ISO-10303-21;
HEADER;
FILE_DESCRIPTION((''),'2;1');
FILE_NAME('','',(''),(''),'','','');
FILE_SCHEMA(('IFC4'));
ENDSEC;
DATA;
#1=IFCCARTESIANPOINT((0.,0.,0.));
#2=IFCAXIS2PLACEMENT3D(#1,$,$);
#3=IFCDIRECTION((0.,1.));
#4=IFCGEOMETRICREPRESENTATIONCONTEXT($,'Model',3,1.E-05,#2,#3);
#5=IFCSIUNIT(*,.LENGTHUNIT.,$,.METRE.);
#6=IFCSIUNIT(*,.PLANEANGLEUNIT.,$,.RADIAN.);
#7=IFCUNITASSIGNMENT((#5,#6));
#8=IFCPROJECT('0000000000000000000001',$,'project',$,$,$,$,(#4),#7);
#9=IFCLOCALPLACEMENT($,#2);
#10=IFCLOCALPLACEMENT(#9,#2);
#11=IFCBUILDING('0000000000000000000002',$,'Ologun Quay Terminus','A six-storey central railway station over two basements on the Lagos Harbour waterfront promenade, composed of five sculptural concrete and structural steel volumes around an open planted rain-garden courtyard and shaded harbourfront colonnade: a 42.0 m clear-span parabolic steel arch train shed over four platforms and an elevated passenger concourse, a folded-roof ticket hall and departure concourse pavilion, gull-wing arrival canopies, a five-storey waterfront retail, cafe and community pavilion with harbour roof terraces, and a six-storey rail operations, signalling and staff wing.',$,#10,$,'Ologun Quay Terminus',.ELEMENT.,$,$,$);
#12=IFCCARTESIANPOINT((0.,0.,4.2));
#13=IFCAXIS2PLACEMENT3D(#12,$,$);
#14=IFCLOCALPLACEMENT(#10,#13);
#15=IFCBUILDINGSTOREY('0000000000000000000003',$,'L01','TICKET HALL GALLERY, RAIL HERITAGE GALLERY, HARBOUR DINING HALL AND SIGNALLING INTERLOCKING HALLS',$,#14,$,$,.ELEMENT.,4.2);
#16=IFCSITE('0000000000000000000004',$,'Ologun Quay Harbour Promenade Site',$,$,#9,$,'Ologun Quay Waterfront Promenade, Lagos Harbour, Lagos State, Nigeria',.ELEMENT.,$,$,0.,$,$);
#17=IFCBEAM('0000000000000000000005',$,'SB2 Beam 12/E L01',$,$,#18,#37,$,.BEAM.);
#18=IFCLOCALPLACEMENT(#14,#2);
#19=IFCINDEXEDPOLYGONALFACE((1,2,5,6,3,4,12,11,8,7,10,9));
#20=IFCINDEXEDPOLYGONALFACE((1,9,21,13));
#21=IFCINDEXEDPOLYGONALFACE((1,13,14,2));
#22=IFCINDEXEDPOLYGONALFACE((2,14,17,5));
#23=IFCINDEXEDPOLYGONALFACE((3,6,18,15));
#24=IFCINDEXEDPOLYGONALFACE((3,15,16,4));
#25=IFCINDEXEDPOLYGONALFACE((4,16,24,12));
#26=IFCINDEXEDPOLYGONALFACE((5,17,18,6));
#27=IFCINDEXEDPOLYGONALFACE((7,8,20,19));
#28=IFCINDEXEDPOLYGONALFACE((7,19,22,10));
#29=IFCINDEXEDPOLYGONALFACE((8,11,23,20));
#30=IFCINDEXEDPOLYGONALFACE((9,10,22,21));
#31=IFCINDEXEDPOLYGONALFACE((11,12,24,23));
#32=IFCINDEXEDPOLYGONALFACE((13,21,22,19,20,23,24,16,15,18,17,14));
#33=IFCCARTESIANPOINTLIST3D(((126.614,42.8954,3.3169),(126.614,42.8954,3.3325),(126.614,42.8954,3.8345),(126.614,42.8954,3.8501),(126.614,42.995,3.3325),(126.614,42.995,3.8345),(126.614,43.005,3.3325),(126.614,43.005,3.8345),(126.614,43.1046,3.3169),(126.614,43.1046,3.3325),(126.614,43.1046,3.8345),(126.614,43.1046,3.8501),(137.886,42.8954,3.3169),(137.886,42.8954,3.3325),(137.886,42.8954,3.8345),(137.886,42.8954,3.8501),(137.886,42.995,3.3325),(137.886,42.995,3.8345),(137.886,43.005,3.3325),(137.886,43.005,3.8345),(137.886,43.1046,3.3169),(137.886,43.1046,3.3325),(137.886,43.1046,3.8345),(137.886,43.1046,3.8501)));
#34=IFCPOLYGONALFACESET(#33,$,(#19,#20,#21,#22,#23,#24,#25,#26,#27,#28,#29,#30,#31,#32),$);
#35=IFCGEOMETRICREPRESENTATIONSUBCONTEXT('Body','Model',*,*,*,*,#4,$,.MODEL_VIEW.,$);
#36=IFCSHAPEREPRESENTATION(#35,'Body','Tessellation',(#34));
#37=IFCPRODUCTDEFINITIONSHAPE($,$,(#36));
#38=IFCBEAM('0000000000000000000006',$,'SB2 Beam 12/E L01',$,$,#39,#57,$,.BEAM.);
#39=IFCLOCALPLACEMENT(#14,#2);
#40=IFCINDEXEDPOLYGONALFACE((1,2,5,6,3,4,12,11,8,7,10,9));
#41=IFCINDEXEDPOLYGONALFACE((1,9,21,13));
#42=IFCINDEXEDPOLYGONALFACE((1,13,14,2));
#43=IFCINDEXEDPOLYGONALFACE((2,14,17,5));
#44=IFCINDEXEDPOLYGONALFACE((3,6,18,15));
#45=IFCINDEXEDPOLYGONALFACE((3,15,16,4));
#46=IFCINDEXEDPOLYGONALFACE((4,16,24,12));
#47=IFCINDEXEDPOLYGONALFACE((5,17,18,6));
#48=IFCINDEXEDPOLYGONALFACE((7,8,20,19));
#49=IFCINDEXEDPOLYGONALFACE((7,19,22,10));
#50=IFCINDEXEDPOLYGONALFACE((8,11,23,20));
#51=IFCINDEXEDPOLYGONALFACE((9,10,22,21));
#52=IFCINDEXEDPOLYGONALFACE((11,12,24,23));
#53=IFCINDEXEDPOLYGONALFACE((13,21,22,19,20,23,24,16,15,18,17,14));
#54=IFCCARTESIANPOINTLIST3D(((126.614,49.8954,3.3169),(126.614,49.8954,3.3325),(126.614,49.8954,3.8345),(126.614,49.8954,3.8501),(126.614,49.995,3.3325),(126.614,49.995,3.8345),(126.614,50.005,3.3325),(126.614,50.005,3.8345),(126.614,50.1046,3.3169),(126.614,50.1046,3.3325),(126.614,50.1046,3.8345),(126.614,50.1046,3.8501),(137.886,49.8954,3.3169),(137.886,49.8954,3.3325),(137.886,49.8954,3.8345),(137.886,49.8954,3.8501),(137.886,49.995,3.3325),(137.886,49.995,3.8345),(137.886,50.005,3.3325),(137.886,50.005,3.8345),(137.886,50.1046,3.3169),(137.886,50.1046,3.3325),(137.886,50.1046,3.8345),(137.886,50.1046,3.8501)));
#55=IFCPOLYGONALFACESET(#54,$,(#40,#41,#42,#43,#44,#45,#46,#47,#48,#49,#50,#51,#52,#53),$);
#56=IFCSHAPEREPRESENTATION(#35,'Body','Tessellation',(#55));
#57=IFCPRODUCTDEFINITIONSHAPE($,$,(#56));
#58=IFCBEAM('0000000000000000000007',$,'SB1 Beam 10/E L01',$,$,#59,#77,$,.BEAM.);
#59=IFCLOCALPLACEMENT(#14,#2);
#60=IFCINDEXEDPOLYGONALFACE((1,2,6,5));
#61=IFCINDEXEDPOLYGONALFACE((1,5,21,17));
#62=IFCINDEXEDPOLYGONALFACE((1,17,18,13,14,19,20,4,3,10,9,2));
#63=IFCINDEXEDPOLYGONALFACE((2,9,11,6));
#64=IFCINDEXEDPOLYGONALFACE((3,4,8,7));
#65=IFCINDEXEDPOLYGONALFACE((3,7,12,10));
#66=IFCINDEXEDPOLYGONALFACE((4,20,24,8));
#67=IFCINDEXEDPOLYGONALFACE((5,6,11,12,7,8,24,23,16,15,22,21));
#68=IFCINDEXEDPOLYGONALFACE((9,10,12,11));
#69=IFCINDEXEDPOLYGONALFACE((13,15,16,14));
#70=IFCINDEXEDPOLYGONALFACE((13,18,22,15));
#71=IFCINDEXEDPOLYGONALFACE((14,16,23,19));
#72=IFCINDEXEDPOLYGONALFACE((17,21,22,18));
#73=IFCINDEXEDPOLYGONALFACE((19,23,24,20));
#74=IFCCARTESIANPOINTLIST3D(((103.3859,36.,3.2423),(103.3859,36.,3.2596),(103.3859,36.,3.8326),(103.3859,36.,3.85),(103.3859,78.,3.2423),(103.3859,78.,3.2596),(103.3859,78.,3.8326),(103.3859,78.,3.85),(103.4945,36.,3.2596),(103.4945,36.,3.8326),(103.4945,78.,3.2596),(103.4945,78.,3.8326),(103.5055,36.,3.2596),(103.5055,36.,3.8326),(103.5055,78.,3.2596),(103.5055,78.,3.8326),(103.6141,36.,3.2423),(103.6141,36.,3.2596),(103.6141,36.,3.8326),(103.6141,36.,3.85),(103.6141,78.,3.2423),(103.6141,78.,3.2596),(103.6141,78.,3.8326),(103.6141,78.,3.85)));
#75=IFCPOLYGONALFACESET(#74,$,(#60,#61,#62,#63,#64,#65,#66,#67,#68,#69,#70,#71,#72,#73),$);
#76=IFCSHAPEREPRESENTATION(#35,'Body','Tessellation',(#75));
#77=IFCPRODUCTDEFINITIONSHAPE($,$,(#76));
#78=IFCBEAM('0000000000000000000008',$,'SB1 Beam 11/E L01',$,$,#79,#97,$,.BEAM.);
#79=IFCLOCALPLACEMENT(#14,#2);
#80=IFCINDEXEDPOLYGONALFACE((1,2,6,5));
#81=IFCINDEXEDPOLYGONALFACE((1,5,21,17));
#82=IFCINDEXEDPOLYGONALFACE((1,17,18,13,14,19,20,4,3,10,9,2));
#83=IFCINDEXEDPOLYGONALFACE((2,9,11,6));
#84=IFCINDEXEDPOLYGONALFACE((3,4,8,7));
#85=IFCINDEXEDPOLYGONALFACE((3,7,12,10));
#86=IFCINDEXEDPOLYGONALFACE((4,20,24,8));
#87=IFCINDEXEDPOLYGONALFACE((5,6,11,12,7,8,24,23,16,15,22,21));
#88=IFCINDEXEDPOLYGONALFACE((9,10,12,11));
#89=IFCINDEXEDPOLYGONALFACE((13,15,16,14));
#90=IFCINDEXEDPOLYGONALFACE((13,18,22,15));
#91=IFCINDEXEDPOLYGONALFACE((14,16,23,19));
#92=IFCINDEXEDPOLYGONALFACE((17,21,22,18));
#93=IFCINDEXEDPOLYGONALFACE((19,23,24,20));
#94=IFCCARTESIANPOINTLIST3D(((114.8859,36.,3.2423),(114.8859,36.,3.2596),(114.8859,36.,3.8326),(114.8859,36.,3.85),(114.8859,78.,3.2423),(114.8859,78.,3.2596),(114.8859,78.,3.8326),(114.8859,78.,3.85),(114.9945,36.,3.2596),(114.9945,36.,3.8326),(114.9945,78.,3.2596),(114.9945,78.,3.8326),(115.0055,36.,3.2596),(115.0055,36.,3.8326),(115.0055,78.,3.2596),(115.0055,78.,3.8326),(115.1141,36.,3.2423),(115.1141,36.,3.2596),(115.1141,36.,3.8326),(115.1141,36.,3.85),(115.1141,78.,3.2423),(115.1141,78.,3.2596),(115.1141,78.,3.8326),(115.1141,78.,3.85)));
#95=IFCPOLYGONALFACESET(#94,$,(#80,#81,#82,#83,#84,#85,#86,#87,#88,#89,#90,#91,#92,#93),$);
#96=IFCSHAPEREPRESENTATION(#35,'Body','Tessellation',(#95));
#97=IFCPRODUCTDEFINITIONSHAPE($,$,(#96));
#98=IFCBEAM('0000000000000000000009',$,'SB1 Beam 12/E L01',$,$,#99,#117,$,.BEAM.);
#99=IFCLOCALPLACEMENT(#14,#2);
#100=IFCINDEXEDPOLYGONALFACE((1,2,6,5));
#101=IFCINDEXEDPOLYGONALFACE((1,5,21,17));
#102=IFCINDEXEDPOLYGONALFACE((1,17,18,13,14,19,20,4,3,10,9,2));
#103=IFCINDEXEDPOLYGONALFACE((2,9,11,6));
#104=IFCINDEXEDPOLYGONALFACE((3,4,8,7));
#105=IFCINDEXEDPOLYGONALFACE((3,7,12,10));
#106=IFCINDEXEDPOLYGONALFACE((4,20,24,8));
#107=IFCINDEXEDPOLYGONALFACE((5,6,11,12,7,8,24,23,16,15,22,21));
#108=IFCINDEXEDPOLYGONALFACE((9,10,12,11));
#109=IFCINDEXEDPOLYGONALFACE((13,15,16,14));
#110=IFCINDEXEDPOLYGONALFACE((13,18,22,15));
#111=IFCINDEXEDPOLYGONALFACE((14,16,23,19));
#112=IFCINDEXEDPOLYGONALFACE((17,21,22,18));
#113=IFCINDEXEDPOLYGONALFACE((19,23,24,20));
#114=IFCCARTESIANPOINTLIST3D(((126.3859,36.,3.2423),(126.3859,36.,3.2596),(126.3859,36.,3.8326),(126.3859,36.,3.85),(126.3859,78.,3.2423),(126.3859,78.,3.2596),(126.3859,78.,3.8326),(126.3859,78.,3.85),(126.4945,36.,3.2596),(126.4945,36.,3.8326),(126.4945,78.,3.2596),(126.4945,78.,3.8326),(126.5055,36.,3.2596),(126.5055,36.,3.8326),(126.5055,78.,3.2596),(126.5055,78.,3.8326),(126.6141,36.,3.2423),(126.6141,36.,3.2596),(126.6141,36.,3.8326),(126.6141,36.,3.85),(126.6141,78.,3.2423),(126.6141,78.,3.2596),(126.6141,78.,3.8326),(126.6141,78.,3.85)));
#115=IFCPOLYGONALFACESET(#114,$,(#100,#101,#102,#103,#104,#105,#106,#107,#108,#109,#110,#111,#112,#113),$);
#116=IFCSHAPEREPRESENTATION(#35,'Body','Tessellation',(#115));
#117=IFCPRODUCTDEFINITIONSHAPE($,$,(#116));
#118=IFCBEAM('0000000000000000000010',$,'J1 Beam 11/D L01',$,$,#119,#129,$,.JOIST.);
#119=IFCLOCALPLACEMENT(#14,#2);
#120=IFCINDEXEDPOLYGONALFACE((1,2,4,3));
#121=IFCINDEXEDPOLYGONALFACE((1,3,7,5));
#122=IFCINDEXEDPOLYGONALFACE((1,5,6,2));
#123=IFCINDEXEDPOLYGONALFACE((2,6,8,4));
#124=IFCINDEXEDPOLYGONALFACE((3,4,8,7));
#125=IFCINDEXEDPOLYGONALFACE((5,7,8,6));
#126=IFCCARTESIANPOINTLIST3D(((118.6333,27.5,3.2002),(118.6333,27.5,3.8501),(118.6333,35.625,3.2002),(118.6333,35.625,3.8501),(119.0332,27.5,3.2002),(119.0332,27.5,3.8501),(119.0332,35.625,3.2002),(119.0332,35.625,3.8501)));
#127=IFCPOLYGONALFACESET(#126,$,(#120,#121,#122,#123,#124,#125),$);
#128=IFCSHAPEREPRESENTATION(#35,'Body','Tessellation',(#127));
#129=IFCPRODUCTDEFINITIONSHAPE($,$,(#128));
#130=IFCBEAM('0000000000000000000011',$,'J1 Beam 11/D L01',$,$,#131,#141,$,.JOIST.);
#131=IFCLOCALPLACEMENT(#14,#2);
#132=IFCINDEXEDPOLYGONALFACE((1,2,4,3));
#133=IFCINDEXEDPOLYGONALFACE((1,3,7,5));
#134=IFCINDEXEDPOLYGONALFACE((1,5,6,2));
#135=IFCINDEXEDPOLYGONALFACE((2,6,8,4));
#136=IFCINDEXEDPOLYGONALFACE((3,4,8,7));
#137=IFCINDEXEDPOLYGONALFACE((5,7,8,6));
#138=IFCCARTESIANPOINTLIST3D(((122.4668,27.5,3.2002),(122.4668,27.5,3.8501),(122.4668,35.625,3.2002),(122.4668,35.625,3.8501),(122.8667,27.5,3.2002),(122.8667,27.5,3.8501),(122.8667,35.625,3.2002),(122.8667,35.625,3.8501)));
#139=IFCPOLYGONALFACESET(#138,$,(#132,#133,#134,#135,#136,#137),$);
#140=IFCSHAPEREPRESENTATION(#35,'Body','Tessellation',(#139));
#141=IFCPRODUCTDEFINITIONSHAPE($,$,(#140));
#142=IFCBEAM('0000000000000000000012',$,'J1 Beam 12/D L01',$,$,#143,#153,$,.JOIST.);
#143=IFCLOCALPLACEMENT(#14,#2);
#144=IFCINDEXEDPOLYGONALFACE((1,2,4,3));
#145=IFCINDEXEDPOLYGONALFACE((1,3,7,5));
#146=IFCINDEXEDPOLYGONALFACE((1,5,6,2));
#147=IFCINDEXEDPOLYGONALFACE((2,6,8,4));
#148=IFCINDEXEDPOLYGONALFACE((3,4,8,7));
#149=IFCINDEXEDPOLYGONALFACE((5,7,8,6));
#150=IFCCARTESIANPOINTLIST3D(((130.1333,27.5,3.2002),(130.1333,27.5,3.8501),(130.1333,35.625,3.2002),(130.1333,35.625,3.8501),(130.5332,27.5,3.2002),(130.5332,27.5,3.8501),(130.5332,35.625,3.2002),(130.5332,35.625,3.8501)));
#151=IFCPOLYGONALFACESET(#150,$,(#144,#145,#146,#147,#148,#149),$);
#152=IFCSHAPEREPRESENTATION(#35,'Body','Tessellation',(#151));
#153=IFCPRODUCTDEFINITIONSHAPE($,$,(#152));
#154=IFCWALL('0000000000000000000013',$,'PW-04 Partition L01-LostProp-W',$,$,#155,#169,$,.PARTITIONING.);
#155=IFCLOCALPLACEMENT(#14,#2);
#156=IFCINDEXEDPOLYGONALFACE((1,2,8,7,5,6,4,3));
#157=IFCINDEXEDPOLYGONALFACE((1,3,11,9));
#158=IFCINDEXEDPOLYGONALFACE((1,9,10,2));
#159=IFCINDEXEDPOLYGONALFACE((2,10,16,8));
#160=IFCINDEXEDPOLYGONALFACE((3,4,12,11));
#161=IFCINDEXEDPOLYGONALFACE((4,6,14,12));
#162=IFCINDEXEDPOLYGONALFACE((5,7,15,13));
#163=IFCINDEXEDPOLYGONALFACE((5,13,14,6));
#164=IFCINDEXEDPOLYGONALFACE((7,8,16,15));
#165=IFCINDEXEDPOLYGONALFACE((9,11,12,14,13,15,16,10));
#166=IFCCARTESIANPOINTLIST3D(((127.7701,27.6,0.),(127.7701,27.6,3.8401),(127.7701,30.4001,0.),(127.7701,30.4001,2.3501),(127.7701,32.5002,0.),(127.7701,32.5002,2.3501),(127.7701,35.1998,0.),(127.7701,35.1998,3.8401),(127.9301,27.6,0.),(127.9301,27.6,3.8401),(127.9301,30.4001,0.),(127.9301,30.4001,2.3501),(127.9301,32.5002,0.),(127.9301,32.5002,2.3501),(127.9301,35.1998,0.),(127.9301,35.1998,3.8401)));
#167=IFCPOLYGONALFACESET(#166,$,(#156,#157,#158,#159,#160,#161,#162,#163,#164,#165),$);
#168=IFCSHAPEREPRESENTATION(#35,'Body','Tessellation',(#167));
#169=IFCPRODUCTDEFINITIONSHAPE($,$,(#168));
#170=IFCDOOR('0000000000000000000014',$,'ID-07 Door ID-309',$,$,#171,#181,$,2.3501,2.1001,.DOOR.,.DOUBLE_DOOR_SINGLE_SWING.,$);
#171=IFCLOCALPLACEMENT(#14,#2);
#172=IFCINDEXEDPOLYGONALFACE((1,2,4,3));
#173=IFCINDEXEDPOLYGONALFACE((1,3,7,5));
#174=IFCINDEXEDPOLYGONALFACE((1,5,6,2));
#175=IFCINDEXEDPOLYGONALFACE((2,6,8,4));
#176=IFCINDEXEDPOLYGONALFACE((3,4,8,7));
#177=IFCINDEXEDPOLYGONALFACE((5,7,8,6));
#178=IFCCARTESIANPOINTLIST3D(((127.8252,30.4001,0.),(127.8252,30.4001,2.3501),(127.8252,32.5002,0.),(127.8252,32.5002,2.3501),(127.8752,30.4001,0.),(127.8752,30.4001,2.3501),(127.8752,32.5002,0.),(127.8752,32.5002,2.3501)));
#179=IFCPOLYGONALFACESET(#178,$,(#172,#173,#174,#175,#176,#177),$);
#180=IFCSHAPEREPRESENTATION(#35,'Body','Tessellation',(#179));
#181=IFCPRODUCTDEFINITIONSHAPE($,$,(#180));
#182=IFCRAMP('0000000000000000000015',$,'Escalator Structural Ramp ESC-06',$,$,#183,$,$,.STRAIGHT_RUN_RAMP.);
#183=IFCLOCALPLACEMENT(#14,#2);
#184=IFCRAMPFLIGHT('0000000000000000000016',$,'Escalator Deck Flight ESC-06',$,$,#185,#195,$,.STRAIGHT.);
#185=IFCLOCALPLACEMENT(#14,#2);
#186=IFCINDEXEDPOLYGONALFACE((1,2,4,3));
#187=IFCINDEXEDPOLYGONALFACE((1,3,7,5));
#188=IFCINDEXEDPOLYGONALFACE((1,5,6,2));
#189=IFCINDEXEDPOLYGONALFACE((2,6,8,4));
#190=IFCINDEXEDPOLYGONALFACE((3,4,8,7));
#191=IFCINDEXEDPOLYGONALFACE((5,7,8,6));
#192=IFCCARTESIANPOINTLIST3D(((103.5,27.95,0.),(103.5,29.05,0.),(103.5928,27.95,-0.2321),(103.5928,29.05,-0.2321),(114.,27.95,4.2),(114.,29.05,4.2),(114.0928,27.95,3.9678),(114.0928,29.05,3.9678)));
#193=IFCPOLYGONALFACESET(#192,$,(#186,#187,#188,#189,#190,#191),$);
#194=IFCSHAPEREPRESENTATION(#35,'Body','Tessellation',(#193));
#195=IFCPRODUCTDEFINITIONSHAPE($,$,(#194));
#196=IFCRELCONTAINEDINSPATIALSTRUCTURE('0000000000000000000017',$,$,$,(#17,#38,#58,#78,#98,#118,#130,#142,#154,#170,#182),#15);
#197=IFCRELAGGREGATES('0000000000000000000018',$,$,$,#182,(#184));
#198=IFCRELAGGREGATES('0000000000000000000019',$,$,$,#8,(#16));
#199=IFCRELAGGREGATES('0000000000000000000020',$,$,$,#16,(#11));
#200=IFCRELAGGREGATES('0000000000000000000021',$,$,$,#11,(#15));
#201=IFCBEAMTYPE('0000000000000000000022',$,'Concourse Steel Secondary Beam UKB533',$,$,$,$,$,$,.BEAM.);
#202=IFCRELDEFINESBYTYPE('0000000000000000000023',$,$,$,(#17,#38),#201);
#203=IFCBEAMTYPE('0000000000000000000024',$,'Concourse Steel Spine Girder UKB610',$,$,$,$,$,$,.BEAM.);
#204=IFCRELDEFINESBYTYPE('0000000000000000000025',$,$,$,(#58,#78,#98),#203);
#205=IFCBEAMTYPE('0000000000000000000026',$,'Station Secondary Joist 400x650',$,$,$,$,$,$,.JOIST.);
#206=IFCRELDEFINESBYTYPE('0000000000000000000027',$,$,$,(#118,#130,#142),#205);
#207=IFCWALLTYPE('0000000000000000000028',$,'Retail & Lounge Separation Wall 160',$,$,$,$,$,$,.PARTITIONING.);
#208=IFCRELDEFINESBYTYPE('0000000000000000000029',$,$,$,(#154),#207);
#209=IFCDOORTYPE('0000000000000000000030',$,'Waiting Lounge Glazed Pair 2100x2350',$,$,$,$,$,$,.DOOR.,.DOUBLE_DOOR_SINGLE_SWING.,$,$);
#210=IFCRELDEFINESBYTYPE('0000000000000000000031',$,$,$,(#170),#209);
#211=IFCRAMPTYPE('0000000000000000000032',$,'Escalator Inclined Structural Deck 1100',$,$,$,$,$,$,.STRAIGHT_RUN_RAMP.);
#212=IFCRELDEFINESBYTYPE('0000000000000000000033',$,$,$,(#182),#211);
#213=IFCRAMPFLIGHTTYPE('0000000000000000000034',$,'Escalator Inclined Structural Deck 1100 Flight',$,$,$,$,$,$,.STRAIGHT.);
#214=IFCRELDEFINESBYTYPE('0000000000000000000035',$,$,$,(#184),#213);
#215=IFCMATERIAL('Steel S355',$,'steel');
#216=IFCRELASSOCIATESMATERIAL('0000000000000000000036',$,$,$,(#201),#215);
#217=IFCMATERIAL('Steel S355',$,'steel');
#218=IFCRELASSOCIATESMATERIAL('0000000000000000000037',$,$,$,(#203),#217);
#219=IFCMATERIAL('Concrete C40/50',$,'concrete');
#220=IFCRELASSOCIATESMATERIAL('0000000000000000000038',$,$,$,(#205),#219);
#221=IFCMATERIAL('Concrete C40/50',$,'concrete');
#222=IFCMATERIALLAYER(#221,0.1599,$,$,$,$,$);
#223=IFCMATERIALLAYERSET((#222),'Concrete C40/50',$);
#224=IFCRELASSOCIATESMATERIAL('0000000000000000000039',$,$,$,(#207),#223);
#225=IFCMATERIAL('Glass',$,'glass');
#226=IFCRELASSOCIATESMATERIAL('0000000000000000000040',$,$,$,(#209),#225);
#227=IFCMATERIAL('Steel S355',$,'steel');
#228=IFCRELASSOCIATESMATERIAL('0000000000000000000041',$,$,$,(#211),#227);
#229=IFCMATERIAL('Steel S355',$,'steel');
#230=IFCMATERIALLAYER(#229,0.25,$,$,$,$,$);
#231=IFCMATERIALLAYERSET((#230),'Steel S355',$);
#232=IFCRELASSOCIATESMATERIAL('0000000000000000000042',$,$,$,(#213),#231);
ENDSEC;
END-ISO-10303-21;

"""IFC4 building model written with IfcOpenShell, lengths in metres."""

from ifc_helpers import new_model, si_unit, direction, frame, frame_2d, origin, origin_2d, place, context, subcontext, project, spatial, polyline, rectangle, i_section, outline, extrude, material, layer, layer_set, material_profile, profile_set, type_object, element, fill, aggregate, save


model = new_model("IFC4")

# Units and contexts
model_context = context("Model", 3, precision=1e-05, world=origin(), true_north=direction((0.0, 1.0)))
body_context = subcontext(model_context, "Body", "Model", "MODEL_VIEW")
ifc_project = project(units=[si_unit("LENGTHUNIT", "METRE"), si_unit("PLANEANGLEUNIT", "RADIAN")], contexts=[model_context])

# Site, building, storey
site_placement = place(None, origin())
site = spatial("IfcSite", under=ifc_project, at=site_placement, Name="Ologun Quay Harbour Promenade Site", LongName="Ologun Quay Waterfront Promenade, Lagos Harbour, Lagos State, Nigeria", CompositionType="ELEMENT", RefElevation=0.0)
building_placement = place(site_placement, origin())
building = spatial("IfcBuilding", under=site, at=building_placement, Name="Ologun Quay Terminus", Description="A six-storey central railway station over two basements on the Lagos Harbour waterfront promenade, composed of five sculptural concrete and structural steel volumes around an open planted rain-garden courtyard and shaded harbourfront colonnade: a 42.0 m clear-span parabolic steel arch train shed over four platforms and an elevated passenger concourse, a folded-roof ticket hall and departure concourse pavilion, gull-wing arrival canopies, a five-storey waterfront retail, cafe and community pavilion with harbour roof terraces, and a six-storey rail operations, signalling and staff wing.", LongName="Ologun Quay Terminus", CompositionType="ELEMENT")
storey_placement = place(building_placement, frame((0.0, 0.0, 4.2)))
storey = spatial("IfcBuildingStorey", under=building, at=storey_placement, Name="L01", Description="TICKET HALL GALLERY, RAIL HERITAGE GALLERY, HARBOUR DINING HALL AND SIGNALLING INTERLOCKING HALLS", CompositionType="ELEMENT", Elevation=4.2)

# Beams
ifc_material_1 = material(Name="Steel S355", Category="steel")
ifc_material_profile_1 = material_profile(ifc_material_1, i_section(OverallWidth=0.2092, OverallDepth=0.5332, WebThickness=0.01, FlangeThickness=0.0156, at=origin_2d()), Name="UKB 533x210x92")
ifc_profile_set_1 = profile_set([ifc_material_profile_1], Name="Steel S355")
beam_type_1 = type_object("IfcBeamType", Name="Concourse Steel Secondary Beam UKB533", PredefinedType="BEAM", material=ifc_profile_set_1)
for number, where, z_axis, x_axis, name in (
    (1, (126.614, 43.0, 3.5835), (1.0, 0.0, 0.0), (0.0, 1.0, 0.0), "SB2 Beam 12/E L01"),
    (2, (126.614, 50.0, 3.5835), (1.0, 0.0, 0.0), (0.0, 1.0, 0.0), "SB2 Beam 12/E L01"),
):
    element("IfcBeam", number, at=place(storey_placement, frame(where, z_axis=z_axis, x_axis=x_axis)), inside=storey, type_object=beam_type_1, Name=name, PredefinedType="BEAM", context=body_context, shape_type="SweptSolid", body=[
        extrude(i_section(OverallWidth=0.2092, OverallDepth=0.5332, WebThickness=0.01, FlangeThickness=0.0156, at=origin_2d()), origin(), (0.0, 0.0, 1.0), 11.272),
    ])
ifc_material_2 = material(Name="Steel S355", Category="steel")
ifc_material_profile_2 = material_profile(ifc_material_2, i_section(OverallWidth=0.2283, OverallDepth=0.6077, WebThickness=0.011, FlangeThickness=0.0173, at=origin_2d()), Name="UKB 610x229x113")
ifc_profile_set_2 = profile_set([ifc_material_profile_2], Name="Steel S355")
beam_type_2 = type_object("IfcBeamType", Name="Concourse Steel Spine Girder UKB610", PredefinedType="BEAM", material=ifc_profile_set_2)
for number, where, z_axis, x_axis, name in (
    (3, (103.5, 36.0, 3.5461), (0.0, 1.0, 0.0), (-1.0, 0.0, 0.0), "SB1 Beam 10/E L01"),
    (4, (115.0, 36.0, 3.5461), (0.0, 1.0, 0.0), (-1.0, 0.0, 0.0), "SB1 Beam 11/E L01"),
    (5, (126.5, 36.0, 3.5461), (0.0, 1.0, 0.0), (-1.0, 0.0, 0.0), "SB1 Beam 12/E L01"),
):
    element("IfcBeam", number, at=place(storey_placement, frame(where, z_axis=z_axis, x_axis=x_axis)), inside=storey, type_object=beam_type_2, Name=name, PredefinedType="BEAM", context=body_context, shape_type="SweptSolid", body=[
        extrude(i_section(OverallWidth=0.2283, OverallDepth=0.6077, WebThickness=0.011, FlangeThickness=0.0173, at=origin_2d()), origin(), (0.0, 0.0, 1.0), 42.0),
    ])
ifc_material_3 = material(Name="Concrete C40/50", Category="concrete")
ifc_material_profile_3 = material_profile(ifc_material_3, rectangle(XDim=0.3999, YDim=0.6499, at=origin_2d()), Name="RC 400x650")
ifc_profile_set_3 = profile_set([ifc_material_profile_3], Name="Concrete C40/50")
beam_type_3 = type_object("IfcBeamType", Name="Station Secondary Joist 400x650", PredefinedType="JOIST", material=ifc_profile_set_3)
for number, where, z_axis, x_axis, name in (
    (6, (118.8333, 27.5, 3.5251), (0.0, 1.0, 0.0), (-1.0, 0.0, 0.0), "J1 Beam 11/D L01"),
    (7, (122.6667, 27.5, 3.5251), (0.0, 1.0, 0.0), (-1.0, 0.0, 0.0), "J1 Beam 11/D L01"),
    (8, (130.3333, 27.5, 3.5251), (0.0, 1.0, 0.0), (-1.0, 0.0, 0.0), "J1 Beam 12/D L01"),
):
    element("IfcBeam", number, at=place(storey_placement, frame(where, z_axis=z_axis, x_axis=x_axis)), inside=storey, type_object=beam_type_3, Name=name, PredefinedType="JOIST", context=body_context, shape_type="SweptSolid", body=[
        extrude(rectangle(XDim=0.3999, YDim=0.6499, at=origin_2d()), origin(), (0.0, 0.0, 1.0), 8.125),
    ])

# Wall, opening, door
ifc_material_4 = material(Name="Concrete C40/50", Category="concrete")
ifc_layer_1 = layer(ifc_material_4, 0.1599)
ifc_layer_set_1 = layer_set([ifc_layer_1], Name="Concrete C40/50")
wall_type = type_object("IfcWallType", Name="Retail & Lounge Separation Wall 160", PredefinedType="PARTITIONING", material=ifc_layer_set_1)
wall_placement = place(storey_placement, frame((127.8501, 27.6001, 0.0), z_axis=(0.0, 0.0, 1.0), x_axis=(0.0, 1.0, 0.0)))
wall = element("IfcWall", 9, at=wall_placement, inside=storey, type_object=wall_type, Name="PW-04 Partition L01-LostProp-W", PredefinedType="PARTITIONING", context=body_context, shape_type="SweptSolid", body=[
    extrude(rectangle(XDim=7.5999, YDim=0.1599, at=frame_2d((3.7998, 0.0))), origin(), (0.0, 0.0, 1.0), 3.8401),
])
opening_placement = place(wall_placement, frame((2.8, 0.0, 0.0)))
opening = element("IfcOpeningElement", 10, at=opening_placement, cuts=wall, PredefinedType="OPENING", context=body_context, shape_type="SweptSolid", body=[
    extrude(rectangle(XDim=2.1001, YDim=2.3501, at=frame_2d((1.05, 1.175))), frame((0.0, 0.0898, 0.0), z_axis=(0.0, -1.0, 0.0), x_axis=(1.0, 0.0, 0.0)), (0.0, 0.0, 1.0), 0.1799),
])
ifc_material_5 = material(Name="Glass", Category="glass")
door_type = type_object("IfcDoorType", Name="Waiting Lounge Glazed Pair 2100x2350", OperationType="DOUBLE_DOOR_SINGLE_SWING", PredefinedType="DOOR", material=ifc_material_5)
door_placement = place(opening_placement, origin())
door = element("IfcDoor", 11, at=door_placement, inside=storey, type_object=door_type, Name="ID-07 Door ID-309", OperationType="DOUBLE_DOOR_SINGLE_SWING", OverallHeight=2.3501, OverallWidth=2.1001, PredefinedType="DOOR", context=body_context, shape_type="SweptSolid", body=[
    extrude(rectangle(XDim=2.1001, YDim=2.3501, at=frame_2d((1.05, 1.175))), frame((0.0, 0.0249, 0.0), z_axis=(0.0, -1.0, 0.0), x_axis=(1.0, 0.0, 0.0)), (0.0, 0.0, 1.0), 0.05),
])
fill(opening, door)

# Ramp, ramp flight
ifc_material_6 = material(Name="Steel S355", Category="steel")
ramp_type = type_object("IfcRampType", Name="Escalator Inclined Structural Deck 1100", PredefinedType="STRAIGHT_RUN_RAMP", material=ifc_material_6)
ramp_placement = place(storey_placement, origin())
ramp = element("IfcRamp", 12, at=ramp_placement, inside=storey, type_object=ramp_type, Name="Escalator Structural Ramp ESC-06", PredefinedType="STRAIGHT_RUN_RAMP")
ifc_material_7 = material(Name="Steel S355", Category="steel")
ifc_layer_2 = layer(ifc_material_7, 0.25)
ifc_layer_set_2 = layer_set([ifc_layer_2], Name="Steel S355")
ramp_flight_type = type_object("IfcRampFlightType", Name="Escalator Inclined Structural Deck 1100 Flight", PredefinedType="STRAIGHT", material=ifc_layer_set_2)
ramp_flight_placement = place(storey_placement, frame((103.5, 27.95, 0.0), z_axis=(-0.371387, 0.0, 0.928478), x_axis=(0.928478, 0.0, 0.371387)))
ramp_flight = element("IfcRampFlight", 13, at=ramp_flight_placement, type_object=ramp_flight_type, Name="Escalator Deck Flight ESC-06", PredefinedType="STRAIGHT", context=body_context, shape_type="SweptSolid", body=[
    extrude(outline(polyline([(0.0, 0.0), (11.3088, 0.0), (11.3088, 1.1001), (0.0, 1.1001), (0.0, 0.0)])), origin(), (0.0, 0.0, -1.0), 0.25),
])
aggregate(ramp, [ramp_flight])

save(model, "model.ifc")
